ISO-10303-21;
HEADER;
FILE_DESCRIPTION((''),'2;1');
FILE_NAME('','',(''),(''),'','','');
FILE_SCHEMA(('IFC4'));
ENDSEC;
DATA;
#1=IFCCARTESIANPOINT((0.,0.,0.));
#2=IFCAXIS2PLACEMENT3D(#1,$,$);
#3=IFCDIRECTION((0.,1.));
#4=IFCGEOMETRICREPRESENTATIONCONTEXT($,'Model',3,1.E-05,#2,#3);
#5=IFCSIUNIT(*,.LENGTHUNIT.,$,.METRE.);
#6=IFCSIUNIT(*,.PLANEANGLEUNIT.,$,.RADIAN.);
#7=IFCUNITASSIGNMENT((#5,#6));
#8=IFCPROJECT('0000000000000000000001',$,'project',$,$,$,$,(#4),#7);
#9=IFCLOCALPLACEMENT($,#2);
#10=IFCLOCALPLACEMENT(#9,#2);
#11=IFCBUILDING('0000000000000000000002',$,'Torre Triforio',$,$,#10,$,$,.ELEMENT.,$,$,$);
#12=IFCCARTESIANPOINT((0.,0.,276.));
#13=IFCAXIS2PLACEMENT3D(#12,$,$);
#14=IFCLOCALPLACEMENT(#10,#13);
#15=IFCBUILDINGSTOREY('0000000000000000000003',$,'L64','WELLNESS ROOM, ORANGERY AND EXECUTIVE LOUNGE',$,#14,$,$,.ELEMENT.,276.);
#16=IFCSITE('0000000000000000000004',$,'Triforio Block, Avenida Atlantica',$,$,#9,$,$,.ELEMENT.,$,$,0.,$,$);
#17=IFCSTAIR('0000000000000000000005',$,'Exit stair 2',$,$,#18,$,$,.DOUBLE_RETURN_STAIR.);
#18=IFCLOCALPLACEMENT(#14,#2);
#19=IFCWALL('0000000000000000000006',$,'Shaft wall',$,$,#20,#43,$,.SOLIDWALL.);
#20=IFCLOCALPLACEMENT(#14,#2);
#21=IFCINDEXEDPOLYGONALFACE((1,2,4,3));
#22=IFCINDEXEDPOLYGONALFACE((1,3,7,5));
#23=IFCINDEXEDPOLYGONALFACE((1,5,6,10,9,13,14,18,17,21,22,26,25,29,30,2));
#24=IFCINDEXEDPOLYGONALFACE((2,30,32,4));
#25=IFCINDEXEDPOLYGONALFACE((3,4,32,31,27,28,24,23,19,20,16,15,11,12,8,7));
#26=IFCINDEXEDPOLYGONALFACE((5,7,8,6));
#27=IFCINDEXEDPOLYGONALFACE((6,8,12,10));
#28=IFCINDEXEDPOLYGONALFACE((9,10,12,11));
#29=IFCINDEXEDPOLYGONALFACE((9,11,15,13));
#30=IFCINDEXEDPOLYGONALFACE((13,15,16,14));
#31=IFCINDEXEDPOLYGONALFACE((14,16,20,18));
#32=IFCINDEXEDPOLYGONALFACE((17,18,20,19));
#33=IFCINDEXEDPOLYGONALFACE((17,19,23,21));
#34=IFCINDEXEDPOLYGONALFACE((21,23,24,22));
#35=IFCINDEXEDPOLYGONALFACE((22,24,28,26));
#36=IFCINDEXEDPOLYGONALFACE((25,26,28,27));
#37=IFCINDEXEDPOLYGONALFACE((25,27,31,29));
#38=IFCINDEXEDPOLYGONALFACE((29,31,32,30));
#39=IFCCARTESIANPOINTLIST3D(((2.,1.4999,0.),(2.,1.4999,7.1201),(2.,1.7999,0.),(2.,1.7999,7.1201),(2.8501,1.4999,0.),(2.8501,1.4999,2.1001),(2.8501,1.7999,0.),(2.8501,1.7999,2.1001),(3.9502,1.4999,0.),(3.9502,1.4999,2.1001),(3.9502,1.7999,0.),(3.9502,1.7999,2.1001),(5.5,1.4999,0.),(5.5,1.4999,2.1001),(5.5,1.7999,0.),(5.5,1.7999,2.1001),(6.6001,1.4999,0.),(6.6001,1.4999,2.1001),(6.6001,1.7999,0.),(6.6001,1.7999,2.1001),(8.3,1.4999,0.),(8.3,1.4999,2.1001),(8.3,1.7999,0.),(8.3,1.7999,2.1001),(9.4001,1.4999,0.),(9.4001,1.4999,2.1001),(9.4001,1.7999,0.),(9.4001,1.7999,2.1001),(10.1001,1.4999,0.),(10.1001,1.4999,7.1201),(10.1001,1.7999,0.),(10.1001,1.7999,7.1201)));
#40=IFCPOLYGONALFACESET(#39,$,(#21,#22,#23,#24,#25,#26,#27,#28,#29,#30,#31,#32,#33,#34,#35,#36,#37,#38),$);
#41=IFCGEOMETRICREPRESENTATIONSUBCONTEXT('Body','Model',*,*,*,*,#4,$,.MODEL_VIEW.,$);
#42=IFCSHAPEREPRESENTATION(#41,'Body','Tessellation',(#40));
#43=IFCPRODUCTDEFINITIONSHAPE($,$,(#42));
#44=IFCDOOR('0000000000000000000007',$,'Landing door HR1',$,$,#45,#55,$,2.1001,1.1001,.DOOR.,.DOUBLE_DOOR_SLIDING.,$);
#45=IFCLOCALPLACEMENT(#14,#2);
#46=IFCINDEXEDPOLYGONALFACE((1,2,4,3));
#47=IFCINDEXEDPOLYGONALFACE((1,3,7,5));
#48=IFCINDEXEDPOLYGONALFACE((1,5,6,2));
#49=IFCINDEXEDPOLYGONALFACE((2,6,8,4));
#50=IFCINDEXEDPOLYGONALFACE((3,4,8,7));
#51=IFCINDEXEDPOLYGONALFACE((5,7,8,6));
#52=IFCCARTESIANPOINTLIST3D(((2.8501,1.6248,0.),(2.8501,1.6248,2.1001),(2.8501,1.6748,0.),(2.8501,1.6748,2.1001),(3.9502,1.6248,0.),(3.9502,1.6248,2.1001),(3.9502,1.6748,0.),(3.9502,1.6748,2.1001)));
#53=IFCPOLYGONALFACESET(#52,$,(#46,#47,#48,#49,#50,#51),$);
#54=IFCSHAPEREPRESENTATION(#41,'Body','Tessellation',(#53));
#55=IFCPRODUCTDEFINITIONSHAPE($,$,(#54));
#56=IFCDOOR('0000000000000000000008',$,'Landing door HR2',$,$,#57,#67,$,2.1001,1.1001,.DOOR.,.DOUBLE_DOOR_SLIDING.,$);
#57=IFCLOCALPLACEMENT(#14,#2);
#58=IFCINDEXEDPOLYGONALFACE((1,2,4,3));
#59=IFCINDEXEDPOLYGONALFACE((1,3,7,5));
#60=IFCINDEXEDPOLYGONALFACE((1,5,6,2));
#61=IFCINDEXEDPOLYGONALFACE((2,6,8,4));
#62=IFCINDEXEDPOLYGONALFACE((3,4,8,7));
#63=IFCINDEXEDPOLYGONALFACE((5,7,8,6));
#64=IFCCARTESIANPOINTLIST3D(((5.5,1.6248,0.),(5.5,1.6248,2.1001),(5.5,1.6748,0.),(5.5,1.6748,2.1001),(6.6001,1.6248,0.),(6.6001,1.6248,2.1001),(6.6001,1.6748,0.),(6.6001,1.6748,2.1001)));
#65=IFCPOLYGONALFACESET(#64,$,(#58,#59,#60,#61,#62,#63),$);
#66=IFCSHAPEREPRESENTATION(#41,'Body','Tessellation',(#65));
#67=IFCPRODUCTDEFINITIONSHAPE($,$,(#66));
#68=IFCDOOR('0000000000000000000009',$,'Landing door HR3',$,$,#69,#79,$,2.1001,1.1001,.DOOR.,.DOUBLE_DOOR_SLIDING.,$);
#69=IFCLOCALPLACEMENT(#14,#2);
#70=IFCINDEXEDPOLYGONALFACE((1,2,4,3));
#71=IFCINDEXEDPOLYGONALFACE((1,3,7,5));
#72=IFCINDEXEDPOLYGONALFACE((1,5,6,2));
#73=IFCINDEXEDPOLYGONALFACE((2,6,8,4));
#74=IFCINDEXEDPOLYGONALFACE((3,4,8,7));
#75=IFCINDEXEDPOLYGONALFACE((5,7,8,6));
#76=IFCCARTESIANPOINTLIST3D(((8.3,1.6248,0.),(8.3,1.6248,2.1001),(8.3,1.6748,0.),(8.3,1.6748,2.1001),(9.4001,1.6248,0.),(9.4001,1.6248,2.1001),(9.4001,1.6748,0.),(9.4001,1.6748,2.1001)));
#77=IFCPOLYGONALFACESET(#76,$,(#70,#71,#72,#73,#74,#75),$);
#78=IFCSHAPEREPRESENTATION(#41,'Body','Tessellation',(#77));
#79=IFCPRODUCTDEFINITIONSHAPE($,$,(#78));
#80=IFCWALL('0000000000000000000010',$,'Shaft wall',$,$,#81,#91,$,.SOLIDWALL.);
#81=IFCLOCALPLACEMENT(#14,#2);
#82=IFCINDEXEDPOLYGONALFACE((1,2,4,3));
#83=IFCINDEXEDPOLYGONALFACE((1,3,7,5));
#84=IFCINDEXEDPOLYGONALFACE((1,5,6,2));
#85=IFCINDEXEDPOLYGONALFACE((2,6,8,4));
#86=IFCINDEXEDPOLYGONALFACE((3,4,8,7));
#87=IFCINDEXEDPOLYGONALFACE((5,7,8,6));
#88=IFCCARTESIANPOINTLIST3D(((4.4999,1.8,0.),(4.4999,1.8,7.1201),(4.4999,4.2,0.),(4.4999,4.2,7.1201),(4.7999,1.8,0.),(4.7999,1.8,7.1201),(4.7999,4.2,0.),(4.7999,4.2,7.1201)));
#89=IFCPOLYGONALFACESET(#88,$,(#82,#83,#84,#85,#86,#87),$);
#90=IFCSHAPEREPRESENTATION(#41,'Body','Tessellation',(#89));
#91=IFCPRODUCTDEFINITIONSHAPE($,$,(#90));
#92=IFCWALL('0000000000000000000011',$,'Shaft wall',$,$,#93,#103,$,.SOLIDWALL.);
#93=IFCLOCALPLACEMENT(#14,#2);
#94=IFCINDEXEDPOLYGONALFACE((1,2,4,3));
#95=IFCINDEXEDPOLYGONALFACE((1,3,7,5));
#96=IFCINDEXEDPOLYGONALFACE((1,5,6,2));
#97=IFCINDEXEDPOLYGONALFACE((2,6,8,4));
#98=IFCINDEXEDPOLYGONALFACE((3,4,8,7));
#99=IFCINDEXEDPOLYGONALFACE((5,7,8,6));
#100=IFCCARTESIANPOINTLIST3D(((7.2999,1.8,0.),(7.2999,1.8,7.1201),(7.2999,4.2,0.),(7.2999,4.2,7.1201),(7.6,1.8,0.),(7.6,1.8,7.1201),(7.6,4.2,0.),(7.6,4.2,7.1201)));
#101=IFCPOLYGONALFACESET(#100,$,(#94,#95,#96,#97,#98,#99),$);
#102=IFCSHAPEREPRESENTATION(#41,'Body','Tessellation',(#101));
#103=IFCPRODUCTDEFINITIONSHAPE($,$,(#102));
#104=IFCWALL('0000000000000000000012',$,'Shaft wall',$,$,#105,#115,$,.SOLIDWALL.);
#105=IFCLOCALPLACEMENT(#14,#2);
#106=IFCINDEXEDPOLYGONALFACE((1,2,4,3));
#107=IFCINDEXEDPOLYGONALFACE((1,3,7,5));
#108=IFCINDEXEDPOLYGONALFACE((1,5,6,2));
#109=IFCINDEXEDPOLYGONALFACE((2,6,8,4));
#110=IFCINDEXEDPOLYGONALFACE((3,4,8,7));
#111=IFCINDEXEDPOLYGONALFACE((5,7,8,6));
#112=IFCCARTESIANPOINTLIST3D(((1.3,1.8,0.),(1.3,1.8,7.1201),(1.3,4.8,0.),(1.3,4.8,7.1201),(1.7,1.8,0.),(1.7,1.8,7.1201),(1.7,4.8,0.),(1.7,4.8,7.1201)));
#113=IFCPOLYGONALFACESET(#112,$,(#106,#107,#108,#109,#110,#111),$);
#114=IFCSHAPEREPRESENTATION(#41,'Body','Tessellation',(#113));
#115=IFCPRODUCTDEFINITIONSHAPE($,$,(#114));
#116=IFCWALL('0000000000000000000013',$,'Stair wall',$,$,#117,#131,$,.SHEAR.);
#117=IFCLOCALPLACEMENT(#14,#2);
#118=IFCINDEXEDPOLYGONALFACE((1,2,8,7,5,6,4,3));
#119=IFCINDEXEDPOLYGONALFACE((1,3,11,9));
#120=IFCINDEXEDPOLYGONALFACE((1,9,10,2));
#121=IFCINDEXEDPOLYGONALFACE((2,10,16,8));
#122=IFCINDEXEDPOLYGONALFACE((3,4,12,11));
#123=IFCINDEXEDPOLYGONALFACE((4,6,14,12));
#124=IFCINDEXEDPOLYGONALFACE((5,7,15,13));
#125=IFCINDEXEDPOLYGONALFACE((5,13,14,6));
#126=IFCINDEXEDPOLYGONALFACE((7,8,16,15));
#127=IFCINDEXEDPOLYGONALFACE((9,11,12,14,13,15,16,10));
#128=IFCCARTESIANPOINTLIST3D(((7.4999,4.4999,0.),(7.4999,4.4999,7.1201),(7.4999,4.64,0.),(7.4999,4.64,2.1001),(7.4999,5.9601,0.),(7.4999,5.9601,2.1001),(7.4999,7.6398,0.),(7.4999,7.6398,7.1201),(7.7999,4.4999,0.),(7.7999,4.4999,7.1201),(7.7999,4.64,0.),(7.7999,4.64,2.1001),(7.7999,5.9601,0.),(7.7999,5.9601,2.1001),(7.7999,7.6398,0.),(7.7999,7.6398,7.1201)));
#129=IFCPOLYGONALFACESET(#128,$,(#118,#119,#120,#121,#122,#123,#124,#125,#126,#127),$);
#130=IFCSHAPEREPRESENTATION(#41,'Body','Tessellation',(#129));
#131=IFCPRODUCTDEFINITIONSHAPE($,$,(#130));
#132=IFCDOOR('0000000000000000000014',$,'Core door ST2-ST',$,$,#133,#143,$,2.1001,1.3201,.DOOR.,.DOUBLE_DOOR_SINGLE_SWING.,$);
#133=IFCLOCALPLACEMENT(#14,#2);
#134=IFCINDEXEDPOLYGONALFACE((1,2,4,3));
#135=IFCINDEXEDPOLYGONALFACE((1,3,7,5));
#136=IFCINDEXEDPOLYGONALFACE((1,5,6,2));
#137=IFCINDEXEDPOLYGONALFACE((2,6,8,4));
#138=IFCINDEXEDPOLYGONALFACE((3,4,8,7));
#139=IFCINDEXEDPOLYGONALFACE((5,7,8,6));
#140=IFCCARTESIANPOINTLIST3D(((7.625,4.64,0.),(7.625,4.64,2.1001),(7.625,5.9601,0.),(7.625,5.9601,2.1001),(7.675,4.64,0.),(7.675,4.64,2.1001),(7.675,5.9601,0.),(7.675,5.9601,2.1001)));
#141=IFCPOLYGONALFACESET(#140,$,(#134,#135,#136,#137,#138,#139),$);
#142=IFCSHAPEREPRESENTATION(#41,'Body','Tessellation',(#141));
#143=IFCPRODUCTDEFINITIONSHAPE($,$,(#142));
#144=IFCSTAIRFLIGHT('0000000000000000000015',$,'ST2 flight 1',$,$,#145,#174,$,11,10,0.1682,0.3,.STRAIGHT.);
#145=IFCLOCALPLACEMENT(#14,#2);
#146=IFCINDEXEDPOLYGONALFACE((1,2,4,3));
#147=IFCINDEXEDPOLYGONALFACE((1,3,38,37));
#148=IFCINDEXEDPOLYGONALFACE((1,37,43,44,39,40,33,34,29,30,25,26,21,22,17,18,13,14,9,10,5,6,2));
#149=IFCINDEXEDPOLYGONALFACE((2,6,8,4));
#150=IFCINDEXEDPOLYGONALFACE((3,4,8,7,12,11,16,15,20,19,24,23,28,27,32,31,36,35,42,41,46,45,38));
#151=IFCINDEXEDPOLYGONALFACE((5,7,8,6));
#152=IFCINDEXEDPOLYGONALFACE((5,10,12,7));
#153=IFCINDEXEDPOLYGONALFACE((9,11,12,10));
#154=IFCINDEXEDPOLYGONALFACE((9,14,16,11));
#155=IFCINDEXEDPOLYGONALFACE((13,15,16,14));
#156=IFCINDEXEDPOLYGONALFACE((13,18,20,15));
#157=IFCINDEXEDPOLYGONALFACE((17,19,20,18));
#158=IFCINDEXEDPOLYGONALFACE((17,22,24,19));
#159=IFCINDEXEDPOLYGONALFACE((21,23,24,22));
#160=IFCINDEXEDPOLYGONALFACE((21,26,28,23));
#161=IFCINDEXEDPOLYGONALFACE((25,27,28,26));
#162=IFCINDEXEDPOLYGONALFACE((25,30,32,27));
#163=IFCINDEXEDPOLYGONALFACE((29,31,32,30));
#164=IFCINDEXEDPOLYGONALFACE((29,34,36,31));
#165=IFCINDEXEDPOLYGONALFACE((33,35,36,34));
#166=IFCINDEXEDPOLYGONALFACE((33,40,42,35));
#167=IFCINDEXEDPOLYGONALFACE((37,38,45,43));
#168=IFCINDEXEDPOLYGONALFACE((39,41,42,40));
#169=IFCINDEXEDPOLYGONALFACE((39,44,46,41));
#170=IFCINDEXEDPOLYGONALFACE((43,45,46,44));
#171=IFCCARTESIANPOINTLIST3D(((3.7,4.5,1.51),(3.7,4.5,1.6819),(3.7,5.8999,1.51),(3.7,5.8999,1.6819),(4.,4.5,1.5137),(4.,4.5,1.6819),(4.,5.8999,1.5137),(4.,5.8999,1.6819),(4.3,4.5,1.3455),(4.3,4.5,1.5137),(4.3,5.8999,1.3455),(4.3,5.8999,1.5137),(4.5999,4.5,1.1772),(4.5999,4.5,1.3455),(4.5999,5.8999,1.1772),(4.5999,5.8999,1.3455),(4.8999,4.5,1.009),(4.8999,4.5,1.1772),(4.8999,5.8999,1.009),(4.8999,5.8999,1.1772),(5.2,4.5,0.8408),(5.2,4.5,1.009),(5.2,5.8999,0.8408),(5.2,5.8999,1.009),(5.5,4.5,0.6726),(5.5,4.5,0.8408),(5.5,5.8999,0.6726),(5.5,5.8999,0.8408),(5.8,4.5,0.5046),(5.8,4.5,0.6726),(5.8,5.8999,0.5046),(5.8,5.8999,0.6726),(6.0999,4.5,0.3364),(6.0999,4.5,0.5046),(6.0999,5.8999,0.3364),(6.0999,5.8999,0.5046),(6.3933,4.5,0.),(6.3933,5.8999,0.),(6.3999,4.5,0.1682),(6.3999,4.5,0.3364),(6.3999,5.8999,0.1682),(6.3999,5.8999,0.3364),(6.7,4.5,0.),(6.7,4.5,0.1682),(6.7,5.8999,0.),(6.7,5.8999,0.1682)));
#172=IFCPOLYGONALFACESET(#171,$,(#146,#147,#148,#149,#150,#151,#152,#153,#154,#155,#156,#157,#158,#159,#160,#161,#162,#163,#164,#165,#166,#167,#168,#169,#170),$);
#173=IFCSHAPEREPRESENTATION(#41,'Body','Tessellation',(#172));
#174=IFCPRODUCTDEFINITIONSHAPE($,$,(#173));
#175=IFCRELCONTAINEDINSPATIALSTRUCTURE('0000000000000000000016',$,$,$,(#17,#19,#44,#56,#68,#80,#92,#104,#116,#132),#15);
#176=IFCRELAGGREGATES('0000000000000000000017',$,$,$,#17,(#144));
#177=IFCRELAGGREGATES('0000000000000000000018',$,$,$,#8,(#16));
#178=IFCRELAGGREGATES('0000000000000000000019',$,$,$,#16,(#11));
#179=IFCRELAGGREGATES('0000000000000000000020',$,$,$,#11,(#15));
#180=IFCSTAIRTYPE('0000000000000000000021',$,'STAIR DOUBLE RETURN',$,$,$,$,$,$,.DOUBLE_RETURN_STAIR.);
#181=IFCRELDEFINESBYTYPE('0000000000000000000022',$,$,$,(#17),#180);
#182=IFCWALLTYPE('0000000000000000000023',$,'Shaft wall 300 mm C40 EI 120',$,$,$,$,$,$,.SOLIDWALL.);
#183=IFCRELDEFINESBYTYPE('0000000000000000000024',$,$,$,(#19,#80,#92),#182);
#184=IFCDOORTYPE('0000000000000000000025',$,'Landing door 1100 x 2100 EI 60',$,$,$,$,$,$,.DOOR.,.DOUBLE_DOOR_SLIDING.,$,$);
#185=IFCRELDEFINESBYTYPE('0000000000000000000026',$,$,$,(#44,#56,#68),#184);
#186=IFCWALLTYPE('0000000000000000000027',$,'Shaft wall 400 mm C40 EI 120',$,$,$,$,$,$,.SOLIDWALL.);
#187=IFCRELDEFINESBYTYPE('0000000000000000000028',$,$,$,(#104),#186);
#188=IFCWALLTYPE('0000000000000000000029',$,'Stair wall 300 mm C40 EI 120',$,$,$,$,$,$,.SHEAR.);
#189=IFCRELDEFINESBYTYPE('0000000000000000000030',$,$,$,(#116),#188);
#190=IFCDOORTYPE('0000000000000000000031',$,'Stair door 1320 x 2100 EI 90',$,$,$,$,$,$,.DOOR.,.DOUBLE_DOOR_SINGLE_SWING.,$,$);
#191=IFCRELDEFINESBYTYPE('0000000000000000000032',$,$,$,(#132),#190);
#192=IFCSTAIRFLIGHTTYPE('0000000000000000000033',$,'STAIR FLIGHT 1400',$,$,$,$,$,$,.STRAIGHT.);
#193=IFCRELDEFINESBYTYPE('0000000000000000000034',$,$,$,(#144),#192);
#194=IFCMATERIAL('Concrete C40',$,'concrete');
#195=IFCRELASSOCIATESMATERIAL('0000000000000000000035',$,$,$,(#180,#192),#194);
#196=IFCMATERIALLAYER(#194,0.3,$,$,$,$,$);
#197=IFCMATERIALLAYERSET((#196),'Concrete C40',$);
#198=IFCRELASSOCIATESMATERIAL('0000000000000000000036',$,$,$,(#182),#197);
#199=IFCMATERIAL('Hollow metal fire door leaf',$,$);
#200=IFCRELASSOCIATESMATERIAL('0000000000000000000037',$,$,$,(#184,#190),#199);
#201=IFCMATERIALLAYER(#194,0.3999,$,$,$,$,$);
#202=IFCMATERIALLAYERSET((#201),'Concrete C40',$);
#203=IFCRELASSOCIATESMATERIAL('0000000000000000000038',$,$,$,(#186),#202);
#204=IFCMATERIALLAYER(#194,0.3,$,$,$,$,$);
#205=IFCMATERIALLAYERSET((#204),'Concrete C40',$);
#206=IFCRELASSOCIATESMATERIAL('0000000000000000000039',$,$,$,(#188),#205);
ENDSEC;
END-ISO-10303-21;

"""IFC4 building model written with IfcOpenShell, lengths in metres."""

from ifc_helpers import new_model, si_unit, direction, frame, frame_2d, origin, place, context, subcontext, project, spatial, polyline, rectangle, outline, extrude, material, layer, layer_set, type_object, element, fill, aggregate, save


model = new_model("IFC4")

# Units and contexts
model_context = context("Model", 3, precision=1e-05, world=origin(), true_north=direction((0.0, 1.0)))
body_context = subcontext(model_context, "Body", "Model", "MODEL_VIEW")
ifc_project = project(units=[si_unit("LENGTHUNIT", "METRE"), si_unit("PLANEANGLEUNIT", "RADIAN")], contexts=[model_context])

# Site, building, storey
site_placement = place(None, origin())
site = spatial("IfcSite", under=ifc_project, at=site_placement, Name="Triforio Block, Avenida Atlantica", CompositionType="ELEMENT", RefElevation=0.0)
building_placement = place(site_placement, origin())
building = spatial("IfcBuilding", under=site, at=building_placement, Name="Torre Triforio", CompositionType="ELEMENT")
storey_placement = place(building_placement, frame((0.0, 0.0, 276.0)))
storey = spatial("IfcBuildingStorey", under=building, at=storey_placement, Name="L64", Description="WELLNESS ROOM, ORANGERY AND EXECUTIVE LOUNGE", CompositionType="ELEMENT", Elevation=276.0)

# Shared definitions
ifc_material_1 = material(Name="Concrete C40", Category="concrete")

# Stair
stair_type = type_object("IfcStairType", Name="STAIR DOUBLE RETURN", PredefinedType="DOUBLE_RETURN_STAIR", material=ifc_material_1)
stair_1_placement = place(storey_placement, origin())
stair_1 = element("IfcStair", 1, at=stair_1_placement, inside=storey, type_object=stair_type, Name="Exit stair 2", PredefinedType="DOUBLE_RETURN_STAIR")

# Shared definitions
ifc_layer_1 = layer(ifc_material_1, 0.3)
ifc_layer_set_1 = layer_set([ifc_layer_1], Name="Concrete C40")
wall_type_1 = type_object("IfcWallType", Name="Shaft wall 300 mm C40 EI 120", PredefinedType="SOLIDWALL", material=ifc_layer_set_1)

# Wall, openings, doors
wall_1_placement = place(storey_placement, frame((2.0, 1.6499, 0.0), z_axis=(0.0, 0.0, 1.0), x_axis=(1.0, 0.0, 0.0)))
wall_1 = element("IfcWall", 2, at=wall_1_placement, inside=storey, type_object=wall_type_1, Name="Shaft wall", PredefinedType="SOLIDWALL", context=body_context, shape_type="SweptSolid", body=[
    extrude(rectangle(XDim=8.1001, YDim=0.3, at=frame_2d((4.05, 0.0))), origin(), (0.0, 0.0, 1.0), 7.1201),
])
opening_1_placement = place(wall_1_placement, frame((0.8501, 0.0, 0.0)))
opening_1 = element("IfcOpeningElement", 3, at=opening_1_placement, cuts=wall_1, PredefinedType="OPENING", context=body_context, shape_type="SweptSolid", body=[
    extrude(rectangle(XDim=1.1001, YDim=2.1001, at=frame_2d((0.55, 1.05))), frame((0.0, 0.1599, 0.0), z_axis=(0.0, -1.0, 0.0), x_axis=(1.0, 0.0, 0.0)), (0.0, 0.0, 1.0), 0.3201),
])
opening_2_placement = place(wall_1_placement, frame((3.5, 0.0, 0.0)))
opening_2 = element("IfcOpeningElement", 4, at=opening_2_placement, cuts=wall_1, PredefinedType="OPENING", context=body_context, shape_type="SweptSolid", body=[
    extrude(rectangle(XDim=1.1001, YDim=2.1001, at=frame_2d((0.55, 1.05))), frame((0.0, 0.1599, 0.0), z_axis=(0.0, -1.0, 0.0), x_axis=(1.0, 0.0, 0.0)), (0.0, 0.0, 1.0), 0.3201),
])
opening_3_placement = place(wall_1_placement, frame((6.3, 0.0, 0.0)))
opening_3 = element("IfcOpeningElement", 5, at=opening_3_placement, cuts=wall_1, PredefinedType="OPENING", context=body_context, shape_type="SweptSolid", body=[
    extrude(rectangle(XDim=1.1001, YDim=2.1001, at=frame_2d((0.55, 1.05))), frame((0.0, 0.1599, 0.0), z_axis=(0.0, -1.0, 0.0), x_axis=(1.0, 0.0, 0.0)), (0.0, 0.0, 1.0), 0.3201),
])
ifc_material_2 = material(Name="Hollow metal fire door leaf")
door_type_1 = type_object("IfcDoorType", Name="Landing door 1100 x 2100 EI 60", OperationType="DOUBLE_DOOR_SLIDING", PredefinedType="DOOR", material=ifc_material_2)
door_1_placement = place(opening_1_placement, origin())
door_1 = element("IfcDoor", 6, at=door_1_placement, inside=storey, type_object=door_type_1, Name="Landing door HR1", OperationType="DOUBLE_DOOR_SLIDING", OverallHeight=2.1001, OverallWidth=1.1001, PredefinedType="DOOR", context=body_context, shape_type="SweptSolid", body=[
    extrude(rectangle(XDim=1.1001, YDim=2.1001, at=frame_2d((0.55, 1.05))), frame((0.0, 0.0249, 0.0), z_axis=(0.0, -1.0, 0.0), x_axis=(1.0, 0.0, 0.0)), (0.0, 0.0, 1.0), 0.05),
])
fill(opening_1, door_1)
door_2_placement = place(opening_2_placement, origin())
door_2 = element("IfcDoor", 7, at=door_2_placement, inside=storey, type_object=door_type_1, Name="Landing door HR2", OperationType="DOUBLE_DOOR_SLIDING", OverallHeight=2.1001, OverallWidth=1.1001, PredefinedType="DOOR", context=body_context, shape_type="SweptSolid", body=[
    extrude(rectangle(XDim=1.1001, YDim=2.1001, at=frame_2d((0.55, 1.05))), frame((0.0, 0.0249, 0.0), z_axis=(0.0, -1.0, 0.0), x_axis=(1.0, 0.0, 0.0)), (0.0, 0.0, 1.0), 0.05),
])
fill(opening_2, door_2)
door_3_placement = place(opening_3_placement, origin())
door_3 = element("IfcDoor", 8, at=door_3_placement, inside=storey, type_object=door_type_1, Name="Landing door HR3", OperationType="DOUBLE_DOOR_SLIDING", OverallHeight=2.1001, OverallWidth=1.1001, PredefinedType="DOOR", context=body_context, shape_type="SweptSolid", body=[
    extrude(rectangle(XDim=1.1001, YDim=2.1001, at=frame_2d((0.55, 1.05))), frame((0.0, 0.0249, 0.0), z_axis=(0.0, -1.0, 0.0), x_axis=(1.0, 0.0, 0.0)), (0.0, 0.0, 1.0), 0.05),
])
fill(opening_3, door_3)

# Walls
for number, where, z_axis, x_axis, name in (
    (9, (4.6499, 1.8, 0.0), (0.0, 0.0, 1.0), (0.0, 1.0, 0.0), "Shaft wall"),
    (10, (7.45, 1.8, 0.0), (0.0, 0.0, 1.0), (0.0, 1.0, 0.0), "Shaft wall"),
):
    element("IfcWall", number, at=place(storey_placement, frame(where, z_axis=z_axis, x_axis=x_axis)), inside=storey, type_object=wall_type_1, Name=name, PredefinedType="SOLIDWALL", context=body_context, shape_type="SweptSolid", body=[
        extrude(rectangle(XDim=2.3999, YDim=0.3, at=frame_2d((1.2, 0.0))), origin(), (0.0, 0.0, 1.0), 7.1201),
    ])
ifc_layer_2 = layer(ifc_material_1, 0.3999)
ifc_layer_set_2 = layer_set([ifc_layer_2], Name="Concrete C40")
wall_type_2 = type_object("IfcWallType", Name="Shaft wall 400 mm C40 EI 120", PredefinedType="SOLIDWALL", material=ifc_layer_set_2)
wall_2_placement = place(storey_placement, frame((1.5, 1.8, 0.0), z_axis=(0.0, 0.0, 1.0), x_axis=(0.0, 1.0, 0.0)))
element("IfcWall", 11, at=wall_2_placement, inside=storey, type_object=wall_type_2, Name="Shaft wall", PredefinedType="SOLIDWALL", context=body_context, shape_type="SweptSolid", body=[
    extrude(rectangle(XDim=3.0, YDim=0.3999, at=frame_2d((1.5, 0.0))), origin(), (0.0, 0.0, 1.0), 7.1201),
])

# Wall, opening, door
ifc_layer_3 = layer(ifc_material_1, 0.3)
ifc_layer_set_3 = layer_set([ifc_layer_3], Name="Concrete C40")
wall_type_3 = type_object("IfcWallType", Name="Stair wall 300 mm C40 EI 120", PredefinedType="SHEAR", material=ifc_layer_set_3)
wall_3_placement = place(storey_placement, frame((7.6499, 4.5, 0.0), z_axis=(0.0, 0.0, 1.0), x_axis=(0.0, 1.0, 0.0)))
wall_3 = element("IfcWall", 12, at=wall_3_placement, inside=storey, type_object=wall_type_3, Name="Stair wall", PredefinedType="SHEAR", context=body_context, shape_type="SweptSolid", body=[
    extrude(rectangle(XDim=3.1399, YDim=0.3, at=frame_2d((1.5698, 0.0))), origin(), (0.0, 0.0, 1.0), 7.1201),
])
opening_4_placement = place(wall_3_placement, frame((0.1399, 0.0, 0.0)))
opening_4 = element("IfcOpeningElement", 13, at=opening_4_placement, cuts=wall_3, PredefinedType="OPENING", context=body_context, shape_type="SweptSolid", body=[
    extrude(rectangle(XDim=1.3201, YDim=2.1001, at=frame_2d((0.6602, 1.05))), frame((0.0, 0.1599, 0.0), z_axis=(0.0, -1.0, 0.0), x_axis=(1.0, 0.0, 0.0)), (0.0, 0.0, 1.0), 0.3201),
])
door_type_2 = type_object("IfcDoorType", Name="Stair door 1320 x 2100 EI 90", OperationType="DOUBLE_DOOR_SINGLE_SWING", PredefinedType="DOOR", material=ifc_material_2)
door_4_placement = place(opening_4_placement, origin())
door_4 = element("IfcDoor", 14, at=door_4_placement, inside=storey, type_object=door_type_2, Name="Core door ST2-ST", OperationType="DOUBLE_DOOR_SINGLE_SWING", OverallHeight=2.1001, OverallWidth=1.3201, PredefinedType="DOOR", context=body_context, shape_type="SweptSolid", body=[
    extrude(rectangle(XDim=1.3201, YDim=2.1001, at=frame_2d((0.6602, 1.05))), frame((0.0, 0.0249, 0.0), z_axis=(0.0, -1.0, 0.0), x_axis=(1.0, 0.0, 0.0)), (0.0, 0.0, 1.0), 0.05),
])
fill(opening_4, door_4)

# Stair flight
stair_flight_type = type_object("IfcStairFlightType", Name="STAIR FLIGHT 1400", PredefinedType="STRAIGHT", material=ifc_material_1)
stair_flight_1_placement = place(storey_placement, frame((6.7, 5.2, 0.0), z_axis=(0.0, 0.0, 1.0), x_axis=(-1.0, 0.0, 0.0)))
stair_flight_1 = element("IfcStairFlight", 15, at=stair_flight_1_placement, type_object=stair_flight_type, Name="ST2 flight 1", NumberOfRisers=11, NumberOfTreads=10, PredefinedType="STRAIGHT", RiserHeight=0.1682, TreadLength=0.3, context=body_context, shape_type="SweptSolid", body=[
    extrude(outline(polyline([(0.0, 0.0), (0.0, 0.1682), (0.3, 0.1682), (0.3, 0.3364), (0.6001, 0.3364), (0.6001, 0.5046), (0.8999, 0.5046), (0.8999, 0.6726), (1.2, 0.6726), (1.2, 0.8408), (1.5, 0.8408), (1.5, 1.009), (1.8, 1.009), (1.8, 1.1772), (2.1001, 1.1772), (2.1001, 1.3455), (2.3999, 1.3455), (2.3999, 1.5137), (2.7, 1.5137), (2.7, 1.6819), (3.0, 1.6819), (3.0, 1.8501), (3.0, 1.51), (0.3066, 0.0), (0.0, 0.0)])), frame((0.0, 0.7, 0.0), z_axis=(0.0, -1.0, 0.0), x_axis=(1.0, 0.0, 0.0)), (0.0, 0.0, 1.0), 1.3999),
])
aggregate(stair_1, [stair_flight_1])

save(model, "model.ifc")
